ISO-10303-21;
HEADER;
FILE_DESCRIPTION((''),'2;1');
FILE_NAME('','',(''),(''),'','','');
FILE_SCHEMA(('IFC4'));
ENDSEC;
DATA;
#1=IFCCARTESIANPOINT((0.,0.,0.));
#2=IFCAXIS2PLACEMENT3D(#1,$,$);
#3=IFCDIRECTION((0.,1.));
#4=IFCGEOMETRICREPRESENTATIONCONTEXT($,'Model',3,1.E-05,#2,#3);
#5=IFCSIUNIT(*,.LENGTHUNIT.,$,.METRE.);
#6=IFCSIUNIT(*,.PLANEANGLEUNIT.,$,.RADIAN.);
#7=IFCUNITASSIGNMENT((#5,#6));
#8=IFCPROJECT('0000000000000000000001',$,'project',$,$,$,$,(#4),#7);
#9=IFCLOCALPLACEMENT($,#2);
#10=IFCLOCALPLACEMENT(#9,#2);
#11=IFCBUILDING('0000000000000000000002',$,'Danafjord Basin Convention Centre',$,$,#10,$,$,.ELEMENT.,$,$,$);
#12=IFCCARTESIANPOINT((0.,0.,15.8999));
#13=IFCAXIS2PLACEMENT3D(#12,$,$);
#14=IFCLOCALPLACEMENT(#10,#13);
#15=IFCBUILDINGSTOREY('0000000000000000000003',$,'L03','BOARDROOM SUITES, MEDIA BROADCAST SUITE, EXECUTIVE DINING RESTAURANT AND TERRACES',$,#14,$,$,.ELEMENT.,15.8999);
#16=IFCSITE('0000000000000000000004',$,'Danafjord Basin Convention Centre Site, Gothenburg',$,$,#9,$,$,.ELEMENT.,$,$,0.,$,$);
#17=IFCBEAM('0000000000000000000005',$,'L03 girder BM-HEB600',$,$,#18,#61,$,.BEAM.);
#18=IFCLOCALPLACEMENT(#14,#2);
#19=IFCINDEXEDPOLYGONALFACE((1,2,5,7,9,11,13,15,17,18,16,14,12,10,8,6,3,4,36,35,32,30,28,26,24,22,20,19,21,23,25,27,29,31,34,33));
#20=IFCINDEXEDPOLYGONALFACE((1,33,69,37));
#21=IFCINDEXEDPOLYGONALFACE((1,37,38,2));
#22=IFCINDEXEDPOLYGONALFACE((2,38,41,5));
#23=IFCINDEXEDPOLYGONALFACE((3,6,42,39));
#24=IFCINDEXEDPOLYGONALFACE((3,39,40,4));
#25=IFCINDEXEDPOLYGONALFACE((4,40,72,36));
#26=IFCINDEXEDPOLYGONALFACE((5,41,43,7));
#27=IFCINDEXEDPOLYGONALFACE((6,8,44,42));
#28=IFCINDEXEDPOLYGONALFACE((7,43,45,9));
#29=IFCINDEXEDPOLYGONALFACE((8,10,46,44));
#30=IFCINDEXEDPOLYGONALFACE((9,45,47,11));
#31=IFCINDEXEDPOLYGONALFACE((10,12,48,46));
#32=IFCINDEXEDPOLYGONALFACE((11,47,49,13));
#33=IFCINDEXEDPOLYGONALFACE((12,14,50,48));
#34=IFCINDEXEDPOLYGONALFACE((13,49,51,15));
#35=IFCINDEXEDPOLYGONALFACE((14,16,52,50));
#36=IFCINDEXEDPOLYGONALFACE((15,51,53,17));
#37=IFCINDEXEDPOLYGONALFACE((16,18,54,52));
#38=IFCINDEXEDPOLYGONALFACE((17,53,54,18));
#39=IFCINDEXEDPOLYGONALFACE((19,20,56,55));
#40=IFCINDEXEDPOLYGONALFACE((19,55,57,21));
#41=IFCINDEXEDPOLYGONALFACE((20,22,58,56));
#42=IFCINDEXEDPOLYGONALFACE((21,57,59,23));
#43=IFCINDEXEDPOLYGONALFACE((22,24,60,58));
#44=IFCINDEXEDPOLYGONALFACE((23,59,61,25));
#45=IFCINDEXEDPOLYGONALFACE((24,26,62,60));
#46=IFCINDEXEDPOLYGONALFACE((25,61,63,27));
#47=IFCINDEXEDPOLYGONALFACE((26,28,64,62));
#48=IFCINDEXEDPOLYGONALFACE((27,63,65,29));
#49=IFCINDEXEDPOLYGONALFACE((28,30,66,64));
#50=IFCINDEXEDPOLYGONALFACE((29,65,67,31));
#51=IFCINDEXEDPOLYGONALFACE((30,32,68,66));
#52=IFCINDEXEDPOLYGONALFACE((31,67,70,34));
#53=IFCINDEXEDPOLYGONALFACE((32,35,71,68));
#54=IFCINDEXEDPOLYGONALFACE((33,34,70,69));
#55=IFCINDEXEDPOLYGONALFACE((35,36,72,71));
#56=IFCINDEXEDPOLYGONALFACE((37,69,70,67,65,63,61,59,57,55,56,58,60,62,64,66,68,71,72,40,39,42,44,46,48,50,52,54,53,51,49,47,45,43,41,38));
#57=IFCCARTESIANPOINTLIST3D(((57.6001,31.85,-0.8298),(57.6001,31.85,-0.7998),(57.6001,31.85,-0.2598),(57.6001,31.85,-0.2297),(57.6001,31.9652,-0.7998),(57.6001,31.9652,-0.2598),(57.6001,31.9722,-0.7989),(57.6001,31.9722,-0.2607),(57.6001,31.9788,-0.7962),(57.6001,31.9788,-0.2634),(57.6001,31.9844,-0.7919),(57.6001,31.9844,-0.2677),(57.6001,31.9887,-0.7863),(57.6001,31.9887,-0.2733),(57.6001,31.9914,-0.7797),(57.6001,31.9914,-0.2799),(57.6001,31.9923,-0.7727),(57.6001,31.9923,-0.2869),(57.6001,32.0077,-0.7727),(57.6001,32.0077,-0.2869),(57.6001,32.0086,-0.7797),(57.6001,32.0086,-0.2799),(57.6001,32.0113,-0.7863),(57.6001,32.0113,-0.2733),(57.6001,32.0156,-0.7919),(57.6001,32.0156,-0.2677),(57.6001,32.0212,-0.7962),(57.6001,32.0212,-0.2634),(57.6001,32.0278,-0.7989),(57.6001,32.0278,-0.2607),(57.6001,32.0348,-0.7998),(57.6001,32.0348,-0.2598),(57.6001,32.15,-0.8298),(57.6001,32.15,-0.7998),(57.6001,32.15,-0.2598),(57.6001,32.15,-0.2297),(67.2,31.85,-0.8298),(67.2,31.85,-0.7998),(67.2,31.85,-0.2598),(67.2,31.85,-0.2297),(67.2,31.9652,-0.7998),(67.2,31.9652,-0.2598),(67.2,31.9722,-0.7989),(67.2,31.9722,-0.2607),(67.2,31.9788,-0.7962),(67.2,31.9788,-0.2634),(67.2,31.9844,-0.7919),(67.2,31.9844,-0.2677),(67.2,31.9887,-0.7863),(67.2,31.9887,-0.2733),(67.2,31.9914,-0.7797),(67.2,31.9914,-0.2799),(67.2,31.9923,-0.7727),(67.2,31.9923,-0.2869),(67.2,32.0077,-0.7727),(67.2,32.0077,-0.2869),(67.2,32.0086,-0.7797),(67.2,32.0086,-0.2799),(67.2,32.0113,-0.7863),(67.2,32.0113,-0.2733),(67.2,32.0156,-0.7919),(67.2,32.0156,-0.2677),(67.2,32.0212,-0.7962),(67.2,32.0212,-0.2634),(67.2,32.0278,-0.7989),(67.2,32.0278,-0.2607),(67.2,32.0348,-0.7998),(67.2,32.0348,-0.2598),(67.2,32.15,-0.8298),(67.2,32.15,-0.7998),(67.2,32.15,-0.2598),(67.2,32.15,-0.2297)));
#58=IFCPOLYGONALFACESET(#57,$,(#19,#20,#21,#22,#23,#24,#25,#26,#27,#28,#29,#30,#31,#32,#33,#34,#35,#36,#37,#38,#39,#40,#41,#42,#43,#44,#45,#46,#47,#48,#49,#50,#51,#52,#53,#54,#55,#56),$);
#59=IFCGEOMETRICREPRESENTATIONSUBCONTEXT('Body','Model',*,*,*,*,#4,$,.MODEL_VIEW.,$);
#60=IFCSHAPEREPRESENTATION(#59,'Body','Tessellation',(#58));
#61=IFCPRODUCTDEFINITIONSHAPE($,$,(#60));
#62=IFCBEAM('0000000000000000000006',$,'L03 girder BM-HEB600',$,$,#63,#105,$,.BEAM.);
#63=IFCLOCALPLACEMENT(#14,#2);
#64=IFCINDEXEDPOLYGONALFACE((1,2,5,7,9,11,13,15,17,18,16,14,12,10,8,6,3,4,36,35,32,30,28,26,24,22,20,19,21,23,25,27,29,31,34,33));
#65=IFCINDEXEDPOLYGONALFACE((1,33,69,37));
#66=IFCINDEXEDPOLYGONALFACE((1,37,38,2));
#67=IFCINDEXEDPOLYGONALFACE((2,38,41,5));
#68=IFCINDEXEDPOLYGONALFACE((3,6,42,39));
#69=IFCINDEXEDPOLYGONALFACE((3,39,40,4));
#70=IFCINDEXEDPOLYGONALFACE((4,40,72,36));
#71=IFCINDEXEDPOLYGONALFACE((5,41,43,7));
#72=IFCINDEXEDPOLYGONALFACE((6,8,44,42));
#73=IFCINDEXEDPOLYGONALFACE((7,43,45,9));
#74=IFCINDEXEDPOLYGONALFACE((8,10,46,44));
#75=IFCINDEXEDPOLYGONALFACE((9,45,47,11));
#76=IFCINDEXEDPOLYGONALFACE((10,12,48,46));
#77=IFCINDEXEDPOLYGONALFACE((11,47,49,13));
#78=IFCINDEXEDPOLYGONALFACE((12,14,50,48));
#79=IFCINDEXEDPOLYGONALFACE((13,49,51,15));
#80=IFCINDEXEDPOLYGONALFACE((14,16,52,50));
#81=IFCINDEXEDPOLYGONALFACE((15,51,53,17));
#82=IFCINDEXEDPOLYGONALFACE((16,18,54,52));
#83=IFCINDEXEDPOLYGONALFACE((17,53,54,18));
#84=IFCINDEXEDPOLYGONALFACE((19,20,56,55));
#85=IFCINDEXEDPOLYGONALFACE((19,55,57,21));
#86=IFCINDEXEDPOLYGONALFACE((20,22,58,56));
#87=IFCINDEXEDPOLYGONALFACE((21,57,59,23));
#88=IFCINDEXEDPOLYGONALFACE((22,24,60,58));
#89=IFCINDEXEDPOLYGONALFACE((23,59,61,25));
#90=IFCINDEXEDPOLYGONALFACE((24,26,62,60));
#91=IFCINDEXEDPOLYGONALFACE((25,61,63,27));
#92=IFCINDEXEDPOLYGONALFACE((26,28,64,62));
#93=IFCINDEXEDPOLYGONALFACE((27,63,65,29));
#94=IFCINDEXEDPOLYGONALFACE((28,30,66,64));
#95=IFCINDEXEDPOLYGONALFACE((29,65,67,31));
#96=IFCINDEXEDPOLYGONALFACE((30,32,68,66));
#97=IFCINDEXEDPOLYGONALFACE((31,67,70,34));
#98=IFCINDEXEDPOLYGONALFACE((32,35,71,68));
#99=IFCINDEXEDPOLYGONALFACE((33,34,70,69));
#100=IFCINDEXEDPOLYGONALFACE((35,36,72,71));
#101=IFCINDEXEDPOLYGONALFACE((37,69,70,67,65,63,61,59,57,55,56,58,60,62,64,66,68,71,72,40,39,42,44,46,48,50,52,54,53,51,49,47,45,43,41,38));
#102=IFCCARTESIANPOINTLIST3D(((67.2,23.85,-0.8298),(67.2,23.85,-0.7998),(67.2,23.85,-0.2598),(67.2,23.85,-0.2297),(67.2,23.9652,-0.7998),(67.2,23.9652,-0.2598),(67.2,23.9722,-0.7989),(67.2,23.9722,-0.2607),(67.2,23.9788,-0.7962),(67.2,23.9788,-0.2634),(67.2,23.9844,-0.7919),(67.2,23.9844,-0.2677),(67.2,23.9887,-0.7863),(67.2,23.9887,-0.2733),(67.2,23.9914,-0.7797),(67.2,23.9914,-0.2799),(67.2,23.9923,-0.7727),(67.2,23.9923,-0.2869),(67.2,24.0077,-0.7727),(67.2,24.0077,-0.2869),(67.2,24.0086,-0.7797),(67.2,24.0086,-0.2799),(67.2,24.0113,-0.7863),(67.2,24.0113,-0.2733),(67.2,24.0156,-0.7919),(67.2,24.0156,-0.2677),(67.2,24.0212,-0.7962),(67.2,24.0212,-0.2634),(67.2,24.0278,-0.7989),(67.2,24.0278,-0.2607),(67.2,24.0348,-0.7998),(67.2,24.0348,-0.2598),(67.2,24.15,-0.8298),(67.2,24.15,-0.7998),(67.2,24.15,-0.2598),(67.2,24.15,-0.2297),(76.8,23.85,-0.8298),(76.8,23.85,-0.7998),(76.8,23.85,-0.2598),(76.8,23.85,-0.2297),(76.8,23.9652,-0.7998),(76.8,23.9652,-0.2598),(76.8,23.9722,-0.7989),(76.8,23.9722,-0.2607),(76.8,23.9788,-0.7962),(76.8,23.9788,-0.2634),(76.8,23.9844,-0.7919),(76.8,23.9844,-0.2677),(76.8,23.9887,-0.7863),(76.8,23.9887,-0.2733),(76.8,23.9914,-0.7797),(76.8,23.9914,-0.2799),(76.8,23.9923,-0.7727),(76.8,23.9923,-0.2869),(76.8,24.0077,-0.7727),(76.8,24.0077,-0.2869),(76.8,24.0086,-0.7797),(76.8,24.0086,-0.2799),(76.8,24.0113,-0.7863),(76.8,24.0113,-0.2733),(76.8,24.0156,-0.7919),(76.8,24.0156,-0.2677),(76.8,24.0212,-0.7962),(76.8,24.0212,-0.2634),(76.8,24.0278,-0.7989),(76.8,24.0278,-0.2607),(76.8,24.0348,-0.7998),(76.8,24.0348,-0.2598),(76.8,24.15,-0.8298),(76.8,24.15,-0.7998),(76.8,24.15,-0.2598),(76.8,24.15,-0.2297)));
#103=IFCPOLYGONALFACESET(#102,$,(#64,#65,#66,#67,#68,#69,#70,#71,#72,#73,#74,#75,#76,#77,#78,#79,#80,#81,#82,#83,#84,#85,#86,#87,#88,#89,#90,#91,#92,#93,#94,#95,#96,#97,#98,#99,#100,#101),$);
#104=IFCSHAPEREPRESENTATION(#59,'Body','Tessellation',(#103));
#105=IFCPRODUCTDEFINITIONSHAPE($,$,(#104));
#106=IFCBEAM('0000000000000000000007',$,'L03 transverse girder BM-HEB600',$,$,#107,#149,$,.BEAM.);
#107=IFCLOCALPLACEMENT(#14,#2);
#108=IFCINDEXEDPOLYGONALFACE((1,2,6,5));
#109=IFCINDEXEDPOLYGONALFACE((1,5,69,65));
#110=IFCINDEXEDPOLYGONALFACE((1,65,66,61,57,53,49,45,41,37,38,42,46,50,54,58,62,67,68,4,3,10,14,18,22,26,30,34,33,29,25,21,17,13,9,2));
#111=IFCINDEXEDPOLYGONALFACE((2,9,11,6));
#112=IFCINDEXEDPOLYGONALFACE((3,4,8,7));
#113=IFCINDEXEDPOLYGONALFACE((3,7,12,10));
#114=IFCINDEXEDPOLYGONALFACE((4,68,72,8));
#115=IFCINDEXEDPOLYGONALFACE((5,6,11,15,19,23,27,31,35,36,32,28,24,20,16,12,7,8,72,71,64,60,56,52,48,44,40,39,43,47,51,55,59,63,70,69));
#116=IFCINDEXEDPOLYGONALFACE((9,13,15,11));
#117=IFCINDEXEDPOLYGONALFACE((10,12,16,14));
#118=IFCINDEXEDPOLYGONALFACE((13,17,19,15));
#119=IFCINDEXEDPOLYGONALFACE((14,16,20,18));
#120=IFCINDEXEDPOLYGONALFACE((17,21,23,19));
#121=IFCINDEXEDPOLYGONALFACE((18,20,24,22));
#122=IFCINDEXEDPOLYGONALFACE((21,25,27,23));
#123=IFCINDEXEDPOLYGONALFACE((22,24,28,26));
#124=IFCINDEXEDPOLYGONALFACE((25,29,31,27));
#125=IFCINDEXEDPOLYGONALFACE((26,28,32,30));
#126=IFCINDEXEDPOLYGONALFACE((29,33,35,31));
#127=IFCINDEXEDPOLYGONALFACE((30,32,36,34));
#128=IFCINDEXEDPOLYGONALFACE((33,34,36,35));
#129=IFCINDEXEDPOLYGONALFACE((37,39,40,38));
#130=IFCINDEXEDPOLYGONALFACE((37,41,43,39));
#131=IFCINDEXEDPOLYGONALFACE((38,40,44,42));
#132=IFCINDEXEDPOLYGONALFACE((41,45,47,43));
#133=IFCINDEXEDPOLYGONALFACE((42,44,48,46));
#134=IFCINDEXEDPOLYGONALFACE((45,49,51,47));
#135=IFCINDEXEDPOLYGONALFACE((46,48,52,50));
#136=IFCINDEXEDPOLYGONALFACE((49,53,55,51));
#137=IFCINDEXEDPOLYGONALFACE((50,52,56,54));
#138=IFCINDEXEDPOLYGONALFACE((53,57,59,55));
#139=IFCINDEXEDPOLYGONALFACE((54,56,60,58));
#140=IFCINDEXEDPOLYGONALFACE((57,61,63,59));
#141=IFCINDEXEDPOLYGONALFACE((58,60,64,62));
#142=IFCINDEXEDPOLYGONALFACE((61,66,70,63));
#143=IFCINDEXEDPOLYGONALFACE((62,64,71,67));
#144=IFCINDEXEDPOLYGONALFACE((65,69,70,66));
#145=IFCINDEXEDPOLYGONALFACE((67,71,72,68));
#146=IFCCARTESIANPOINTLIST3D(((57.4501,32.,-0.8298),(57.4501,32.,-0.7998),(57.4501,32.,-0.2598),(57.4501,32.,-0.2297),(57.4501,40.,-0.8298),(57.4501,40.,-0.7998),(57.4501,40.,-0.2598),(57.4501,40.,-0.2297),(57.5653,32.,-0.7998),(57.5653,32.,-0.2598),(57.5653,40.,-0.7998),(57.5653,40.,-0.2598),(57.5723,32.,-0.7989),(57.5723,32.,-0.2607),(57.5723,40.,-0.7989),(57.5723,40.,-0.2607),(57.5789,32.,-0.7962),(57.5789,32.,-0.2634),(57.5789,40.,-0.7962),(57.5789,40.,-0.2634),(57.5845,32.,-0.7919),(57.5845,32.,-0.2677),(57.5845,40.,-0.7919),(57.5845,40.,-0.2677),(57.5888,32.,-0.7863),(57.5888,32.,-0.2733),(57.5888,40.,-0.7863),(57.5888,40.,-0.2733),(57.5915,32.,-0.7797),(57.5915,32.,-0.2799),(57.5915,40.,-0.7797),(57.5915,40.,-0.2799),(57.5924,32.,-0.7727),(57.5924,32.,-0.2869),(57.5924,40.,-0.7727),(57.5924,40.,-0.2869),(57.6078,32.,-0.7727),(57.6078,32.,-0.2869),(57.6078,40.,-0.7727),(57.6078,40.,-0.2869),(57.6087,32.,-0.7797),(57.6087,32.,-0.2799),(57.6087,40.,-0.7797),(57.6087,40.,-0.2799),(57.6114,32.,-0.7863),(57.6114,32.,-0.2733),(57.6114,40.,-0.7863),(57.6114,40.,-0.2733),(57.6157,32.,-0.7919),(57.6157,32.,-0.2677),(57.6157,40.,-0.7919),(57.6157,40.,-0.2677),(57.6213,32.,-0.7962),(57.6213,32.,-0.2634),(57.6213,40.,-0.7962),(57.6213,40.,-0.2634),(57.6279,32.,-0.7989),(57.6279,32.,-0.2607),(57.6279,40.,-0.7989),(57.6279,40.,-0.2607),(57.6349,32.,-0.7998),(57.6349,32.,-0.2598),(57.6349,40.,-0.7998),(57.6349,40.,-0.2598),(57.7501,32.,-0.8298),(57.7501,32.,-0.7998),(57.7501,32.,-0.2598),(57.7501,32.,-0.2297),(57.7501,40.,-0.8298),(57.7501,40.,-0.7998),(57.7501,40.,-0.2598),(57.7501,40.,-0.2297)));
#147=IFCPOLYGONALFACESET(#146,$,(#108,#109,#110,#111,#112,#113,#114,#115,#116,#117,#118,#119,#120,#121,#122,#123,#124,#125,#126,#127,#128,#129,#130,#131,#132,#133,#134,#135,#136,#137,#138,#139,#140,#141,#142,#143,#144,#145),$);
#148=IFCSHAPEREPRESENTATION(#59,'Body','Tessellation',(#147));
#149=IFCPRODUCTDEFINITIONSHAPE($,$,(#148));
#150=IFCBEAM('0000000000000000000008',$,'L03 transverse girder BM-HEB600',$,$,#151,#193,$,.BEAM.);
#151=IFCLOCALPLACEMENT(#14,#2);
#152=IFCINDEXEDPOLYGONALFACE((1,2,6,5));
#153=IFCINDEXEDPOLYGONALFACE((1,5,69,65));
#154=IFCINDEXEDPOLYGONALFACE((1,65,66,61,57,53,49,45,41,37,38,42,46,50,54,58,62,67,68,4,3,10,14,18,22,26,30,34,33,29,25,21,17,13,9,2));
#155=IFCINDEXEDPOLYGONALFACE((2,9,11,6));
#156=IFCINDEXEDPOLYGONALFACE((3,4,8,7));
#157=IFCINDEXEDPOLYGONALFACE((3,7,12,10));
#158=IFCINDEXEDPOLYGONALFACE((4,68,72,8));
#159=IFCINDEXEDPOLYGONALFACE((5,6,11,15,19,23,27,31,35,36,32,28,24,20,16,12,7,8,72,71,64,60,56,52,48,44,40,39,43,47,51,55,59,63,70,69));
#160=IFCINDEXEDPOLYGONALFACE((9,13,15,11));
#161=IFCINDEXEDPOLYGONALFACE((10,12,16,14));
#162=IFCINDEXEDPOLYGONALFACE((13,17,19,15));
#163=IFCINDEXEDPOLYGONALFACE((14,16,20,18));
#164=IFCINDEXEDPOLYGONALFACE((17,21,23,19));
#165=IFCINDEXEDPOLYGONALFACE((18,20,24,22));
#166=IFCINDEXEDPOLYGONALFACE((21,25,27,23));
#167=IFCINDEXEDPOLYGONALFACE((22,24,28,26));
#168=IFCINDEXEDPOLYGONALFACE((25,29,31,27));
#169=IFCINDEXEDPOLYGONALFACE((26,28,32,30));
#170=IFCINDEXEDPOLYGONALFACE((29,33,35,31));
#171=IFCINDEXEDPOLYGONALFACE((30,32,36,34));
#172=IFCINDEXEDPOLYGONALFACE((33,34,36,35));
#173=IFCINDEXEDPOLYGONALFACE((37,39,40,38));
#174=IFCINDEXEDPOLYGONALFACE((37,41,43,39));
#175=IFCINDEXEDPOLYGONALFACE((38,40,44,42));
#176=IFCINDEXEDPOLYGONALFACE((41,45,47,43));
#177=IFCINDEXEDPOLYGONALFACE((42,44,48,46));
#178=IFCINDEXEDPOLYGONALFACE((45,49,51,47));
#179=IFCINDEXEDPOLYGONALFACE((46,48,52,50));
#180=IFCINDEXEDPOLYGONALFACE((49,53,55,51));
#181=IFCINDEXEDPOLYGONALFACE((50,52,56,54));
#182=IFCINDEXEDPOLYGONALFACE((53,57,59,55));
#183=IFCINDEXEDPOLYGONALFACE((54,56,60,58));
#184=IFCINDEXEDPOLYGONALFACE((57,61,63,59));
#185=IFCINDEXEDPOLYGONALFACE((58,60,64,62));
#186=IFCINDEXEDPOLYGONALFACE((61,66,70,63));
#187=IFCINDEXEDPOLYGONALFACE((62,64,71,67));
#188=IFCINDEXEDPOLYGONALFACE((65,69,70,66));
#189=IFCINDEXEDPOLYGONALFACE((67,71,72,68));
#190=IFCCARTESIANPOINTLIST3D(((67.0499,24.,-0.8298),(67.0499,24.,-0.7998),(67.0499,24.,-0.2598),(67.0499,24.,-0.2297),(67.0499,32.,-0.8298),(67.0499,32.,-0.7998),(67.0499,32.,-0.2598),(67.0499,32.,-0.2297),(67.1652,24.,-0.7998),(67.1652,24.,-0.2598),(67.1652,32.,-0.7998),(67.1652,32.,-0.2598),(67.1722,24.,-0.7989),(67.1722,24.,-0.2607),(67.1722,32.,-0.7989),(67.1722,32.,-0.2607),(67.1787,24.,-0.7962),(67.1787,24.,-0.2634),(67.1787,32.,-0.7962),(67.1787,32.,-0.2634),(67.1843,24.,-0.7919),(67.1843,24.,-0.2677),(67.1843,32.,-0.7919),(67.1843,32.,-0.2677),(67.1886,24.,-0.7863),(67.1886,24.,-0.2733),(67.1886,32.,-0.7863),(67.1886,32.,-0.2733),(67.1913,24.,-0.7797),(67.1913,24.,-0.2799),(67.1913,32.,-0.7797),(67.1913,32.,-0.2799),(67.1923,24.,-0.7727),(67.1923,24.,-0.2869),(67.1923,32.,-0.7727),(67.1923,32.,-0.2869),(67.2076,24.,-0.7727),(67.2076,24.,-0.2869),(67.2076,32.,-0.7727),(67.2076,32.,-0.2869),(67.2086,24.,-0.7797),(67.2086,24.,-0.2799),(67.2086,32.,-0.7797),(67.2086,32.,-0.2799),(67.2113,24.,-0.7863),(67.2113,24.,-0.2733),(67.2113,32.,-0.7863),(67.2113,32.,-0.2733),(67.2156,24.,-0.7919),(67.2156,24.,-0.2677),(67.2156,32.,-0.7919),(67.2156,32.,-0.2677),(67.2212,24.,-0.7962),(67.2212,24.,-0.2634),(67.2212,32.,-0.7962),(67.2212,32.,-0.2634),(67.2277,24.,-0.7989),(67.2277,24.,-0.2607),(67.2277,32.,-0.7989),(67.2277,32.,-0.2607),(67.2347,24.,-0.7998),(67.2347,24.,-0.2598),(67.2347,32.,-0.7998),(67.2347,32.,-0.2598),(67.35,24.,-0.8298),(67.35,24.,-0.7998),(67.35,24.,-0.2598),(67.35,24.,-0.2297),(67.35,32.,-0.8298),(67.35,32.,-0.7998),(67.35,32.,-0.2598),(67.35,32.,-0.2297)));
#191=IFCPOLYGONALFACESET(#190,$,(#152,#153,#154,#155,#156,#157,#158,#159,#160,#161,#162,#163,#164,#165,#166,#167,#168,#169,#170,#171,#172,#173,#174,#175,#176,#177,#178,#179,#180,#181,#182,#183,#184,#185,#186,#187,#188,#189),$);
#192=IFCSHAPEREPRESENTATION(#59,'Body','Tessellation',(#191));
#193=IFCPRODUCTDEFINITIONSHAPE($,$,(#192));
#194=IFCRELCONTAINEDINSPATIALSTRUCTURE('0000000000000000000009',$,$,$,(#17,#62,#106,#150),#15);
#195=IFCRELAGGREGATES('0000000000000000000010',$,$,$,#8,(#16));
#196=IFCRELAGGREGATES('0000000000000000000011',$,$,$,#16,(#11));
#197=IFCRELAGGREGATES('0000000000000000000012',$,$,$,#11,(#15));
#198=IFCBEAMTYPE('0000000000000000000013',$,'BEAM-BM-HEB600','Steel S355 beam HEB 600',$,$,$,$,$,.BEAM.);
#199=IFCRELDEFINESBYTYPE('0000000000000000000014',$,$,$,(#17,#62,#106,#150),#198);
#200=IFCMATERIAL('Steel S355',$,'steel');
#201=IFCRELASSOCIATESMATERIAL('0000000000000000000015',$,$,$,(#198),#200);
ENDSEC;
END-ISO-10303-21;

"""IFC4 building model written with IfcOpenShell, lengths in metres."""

from ifc_helpers import new_model, si_unit, direction, frame, origin, origin_2d, place, context, subcontext, project, spatial, i_section, extrude, material, material_profile, profile_set, type_object, element, save


model = new_model("IFC4")

# Units and contexts
model_context = context("Model", 3, precision=1e-05, world=origin(), true_north=direction((0.0, 1.0)))
body_context = subcontext(model_context, "Body", "Model", "MODEL_VIEW")
ifc_project = project(units=[si_unit("LENGTHUNIT", "METRE"), si_unit("PLANEANGLEUNIT", "RADIAN")], contexts=[model_context])

# Site, building, storey
site_placement = place(None, origin())
site = spatial("IfcSite", under=ifc_project, at=site_placement, Name="Danafjord Basin Convention Centre Site, Gothenburg", CompositionType="ELEMENT", RefElevation=0.0)
building_placement = place(site_placement, origin())
building = spatial("IfcBuilding", under=site, at=building_placement, Name="Danafjord Basin Convention Centre", CompositionType="ELEMENT")
storey_placement = place(building_placement, frame((0.0, 0.0, 15.8999)))
storey = spatial("IfcBuildingStorey", under=building, at=storey_placement, Name="L03", Description="BOARDROOM SUITES, MEDIA BROADCAST SUITE, EXECUTIVE DINING RESTAURANT AND TERRACES", CompositionType="ELEMENT", Elevation=15.8999)

# Shared definitions
ifc_material_1 = material(Name="Steel S355", Category="steel")

# Beams
ifc_material_profile_1 = material_profile(ifc_material_1, i_section(OverallWidth=0.3, OverallDepth=0.6001, WebThickness=0.0154, FlangeThickness=0.03, FilletRadius=0.0271, at=origin_2d()), Name="HEB 600")
ifc_profile_set_1 = profile_set([ifc_material_profile_1], Name="Steel S355")
beam_type_1 = type_object("IfcBeamType", Name="BEAM-BM-HEB600", Description="Steel S355 beam HEB 600", PredefinedType="BEAM", material=ifc_profile_set_1)
beam_1_placement = place(storey_placement, frame((57.6001, 32.0, -0.5298), z_axis=(1.0, 0.0, 0.0), x_axis=(0.0, 1.0, 0.0)))
element("IfcBeam", 1, at=beam_1_placement, inside=storey, type_object=beam_type_1, Name="L03 girder BM-HEB600", PredefinedType="BEAM", context=body_context, shape_type="SweptSolid", body=[
    extrude(i_section(OverallWidth=0.3, OverallDepth=0.6001, WebThickness=0.0154, FlangeThickness=0.03, FilletRadius=0.0271, at=origin_2d()), origin(), (0.0, 0.0, 1.0), 9.5999),
])
beam_2_placement = place(storey_placement, frame((67.2, 24.0, -0.5298), z_axis=(1.0, 0.0, 0.0), x_axis=(0.0, 1.0, 0.0)))
element("IfcBeam", 2, at=beam_2_placement, inside=storey, type_object=beam_type_1, Name="L03 girder BM-HEB600", PredefinedType="BEAM", context=body_context, shape_type="SweptSolid", body=[
    extrude(i_section(OverallWidth=0.3, OverallDepth=0.6001, WebThickness=0.0154, FlangeThickness=0.03, FilletRadius=0.0271, at=origin_2d()), origin(), (0.0, 0.0, 1.0), 9.6001),
])
for number, where, z_axis, x_axis, name in (
    (3, (57.6001, 32.0, -0.5298), (0.0, 1.0, 0.0), (-1.0, 0.0, 0.0), "L03 transverse girder BM-HEB600"),
    (4, (67.2, 24.0, -0.5298), (0.0, 1.0, 0.0), (-1.0, 0.0, 0.0), "L03 transverse girder BM-HEB600"),
):
    element("IfcBeam", number, at=place(storey_placement, frame(where, z_axis=z_axis, x_axis=x_axis)), inside=storey, type_object=beam_type_1, Name=name, PredefinedType="BEAM", context=body_context, shape_type="SweptSolid", body=[
        extrude(i_section(OverallWidth=0.3, OverallDepth=0.6001, WebThickness=0.0154, FlangeThickness=0.03, FilletRadius=0.0271, at=origin_2d()), origin(), (0.0, 0.0, 1.0), 8.0),
    ])

save(model, "model.ifc")
